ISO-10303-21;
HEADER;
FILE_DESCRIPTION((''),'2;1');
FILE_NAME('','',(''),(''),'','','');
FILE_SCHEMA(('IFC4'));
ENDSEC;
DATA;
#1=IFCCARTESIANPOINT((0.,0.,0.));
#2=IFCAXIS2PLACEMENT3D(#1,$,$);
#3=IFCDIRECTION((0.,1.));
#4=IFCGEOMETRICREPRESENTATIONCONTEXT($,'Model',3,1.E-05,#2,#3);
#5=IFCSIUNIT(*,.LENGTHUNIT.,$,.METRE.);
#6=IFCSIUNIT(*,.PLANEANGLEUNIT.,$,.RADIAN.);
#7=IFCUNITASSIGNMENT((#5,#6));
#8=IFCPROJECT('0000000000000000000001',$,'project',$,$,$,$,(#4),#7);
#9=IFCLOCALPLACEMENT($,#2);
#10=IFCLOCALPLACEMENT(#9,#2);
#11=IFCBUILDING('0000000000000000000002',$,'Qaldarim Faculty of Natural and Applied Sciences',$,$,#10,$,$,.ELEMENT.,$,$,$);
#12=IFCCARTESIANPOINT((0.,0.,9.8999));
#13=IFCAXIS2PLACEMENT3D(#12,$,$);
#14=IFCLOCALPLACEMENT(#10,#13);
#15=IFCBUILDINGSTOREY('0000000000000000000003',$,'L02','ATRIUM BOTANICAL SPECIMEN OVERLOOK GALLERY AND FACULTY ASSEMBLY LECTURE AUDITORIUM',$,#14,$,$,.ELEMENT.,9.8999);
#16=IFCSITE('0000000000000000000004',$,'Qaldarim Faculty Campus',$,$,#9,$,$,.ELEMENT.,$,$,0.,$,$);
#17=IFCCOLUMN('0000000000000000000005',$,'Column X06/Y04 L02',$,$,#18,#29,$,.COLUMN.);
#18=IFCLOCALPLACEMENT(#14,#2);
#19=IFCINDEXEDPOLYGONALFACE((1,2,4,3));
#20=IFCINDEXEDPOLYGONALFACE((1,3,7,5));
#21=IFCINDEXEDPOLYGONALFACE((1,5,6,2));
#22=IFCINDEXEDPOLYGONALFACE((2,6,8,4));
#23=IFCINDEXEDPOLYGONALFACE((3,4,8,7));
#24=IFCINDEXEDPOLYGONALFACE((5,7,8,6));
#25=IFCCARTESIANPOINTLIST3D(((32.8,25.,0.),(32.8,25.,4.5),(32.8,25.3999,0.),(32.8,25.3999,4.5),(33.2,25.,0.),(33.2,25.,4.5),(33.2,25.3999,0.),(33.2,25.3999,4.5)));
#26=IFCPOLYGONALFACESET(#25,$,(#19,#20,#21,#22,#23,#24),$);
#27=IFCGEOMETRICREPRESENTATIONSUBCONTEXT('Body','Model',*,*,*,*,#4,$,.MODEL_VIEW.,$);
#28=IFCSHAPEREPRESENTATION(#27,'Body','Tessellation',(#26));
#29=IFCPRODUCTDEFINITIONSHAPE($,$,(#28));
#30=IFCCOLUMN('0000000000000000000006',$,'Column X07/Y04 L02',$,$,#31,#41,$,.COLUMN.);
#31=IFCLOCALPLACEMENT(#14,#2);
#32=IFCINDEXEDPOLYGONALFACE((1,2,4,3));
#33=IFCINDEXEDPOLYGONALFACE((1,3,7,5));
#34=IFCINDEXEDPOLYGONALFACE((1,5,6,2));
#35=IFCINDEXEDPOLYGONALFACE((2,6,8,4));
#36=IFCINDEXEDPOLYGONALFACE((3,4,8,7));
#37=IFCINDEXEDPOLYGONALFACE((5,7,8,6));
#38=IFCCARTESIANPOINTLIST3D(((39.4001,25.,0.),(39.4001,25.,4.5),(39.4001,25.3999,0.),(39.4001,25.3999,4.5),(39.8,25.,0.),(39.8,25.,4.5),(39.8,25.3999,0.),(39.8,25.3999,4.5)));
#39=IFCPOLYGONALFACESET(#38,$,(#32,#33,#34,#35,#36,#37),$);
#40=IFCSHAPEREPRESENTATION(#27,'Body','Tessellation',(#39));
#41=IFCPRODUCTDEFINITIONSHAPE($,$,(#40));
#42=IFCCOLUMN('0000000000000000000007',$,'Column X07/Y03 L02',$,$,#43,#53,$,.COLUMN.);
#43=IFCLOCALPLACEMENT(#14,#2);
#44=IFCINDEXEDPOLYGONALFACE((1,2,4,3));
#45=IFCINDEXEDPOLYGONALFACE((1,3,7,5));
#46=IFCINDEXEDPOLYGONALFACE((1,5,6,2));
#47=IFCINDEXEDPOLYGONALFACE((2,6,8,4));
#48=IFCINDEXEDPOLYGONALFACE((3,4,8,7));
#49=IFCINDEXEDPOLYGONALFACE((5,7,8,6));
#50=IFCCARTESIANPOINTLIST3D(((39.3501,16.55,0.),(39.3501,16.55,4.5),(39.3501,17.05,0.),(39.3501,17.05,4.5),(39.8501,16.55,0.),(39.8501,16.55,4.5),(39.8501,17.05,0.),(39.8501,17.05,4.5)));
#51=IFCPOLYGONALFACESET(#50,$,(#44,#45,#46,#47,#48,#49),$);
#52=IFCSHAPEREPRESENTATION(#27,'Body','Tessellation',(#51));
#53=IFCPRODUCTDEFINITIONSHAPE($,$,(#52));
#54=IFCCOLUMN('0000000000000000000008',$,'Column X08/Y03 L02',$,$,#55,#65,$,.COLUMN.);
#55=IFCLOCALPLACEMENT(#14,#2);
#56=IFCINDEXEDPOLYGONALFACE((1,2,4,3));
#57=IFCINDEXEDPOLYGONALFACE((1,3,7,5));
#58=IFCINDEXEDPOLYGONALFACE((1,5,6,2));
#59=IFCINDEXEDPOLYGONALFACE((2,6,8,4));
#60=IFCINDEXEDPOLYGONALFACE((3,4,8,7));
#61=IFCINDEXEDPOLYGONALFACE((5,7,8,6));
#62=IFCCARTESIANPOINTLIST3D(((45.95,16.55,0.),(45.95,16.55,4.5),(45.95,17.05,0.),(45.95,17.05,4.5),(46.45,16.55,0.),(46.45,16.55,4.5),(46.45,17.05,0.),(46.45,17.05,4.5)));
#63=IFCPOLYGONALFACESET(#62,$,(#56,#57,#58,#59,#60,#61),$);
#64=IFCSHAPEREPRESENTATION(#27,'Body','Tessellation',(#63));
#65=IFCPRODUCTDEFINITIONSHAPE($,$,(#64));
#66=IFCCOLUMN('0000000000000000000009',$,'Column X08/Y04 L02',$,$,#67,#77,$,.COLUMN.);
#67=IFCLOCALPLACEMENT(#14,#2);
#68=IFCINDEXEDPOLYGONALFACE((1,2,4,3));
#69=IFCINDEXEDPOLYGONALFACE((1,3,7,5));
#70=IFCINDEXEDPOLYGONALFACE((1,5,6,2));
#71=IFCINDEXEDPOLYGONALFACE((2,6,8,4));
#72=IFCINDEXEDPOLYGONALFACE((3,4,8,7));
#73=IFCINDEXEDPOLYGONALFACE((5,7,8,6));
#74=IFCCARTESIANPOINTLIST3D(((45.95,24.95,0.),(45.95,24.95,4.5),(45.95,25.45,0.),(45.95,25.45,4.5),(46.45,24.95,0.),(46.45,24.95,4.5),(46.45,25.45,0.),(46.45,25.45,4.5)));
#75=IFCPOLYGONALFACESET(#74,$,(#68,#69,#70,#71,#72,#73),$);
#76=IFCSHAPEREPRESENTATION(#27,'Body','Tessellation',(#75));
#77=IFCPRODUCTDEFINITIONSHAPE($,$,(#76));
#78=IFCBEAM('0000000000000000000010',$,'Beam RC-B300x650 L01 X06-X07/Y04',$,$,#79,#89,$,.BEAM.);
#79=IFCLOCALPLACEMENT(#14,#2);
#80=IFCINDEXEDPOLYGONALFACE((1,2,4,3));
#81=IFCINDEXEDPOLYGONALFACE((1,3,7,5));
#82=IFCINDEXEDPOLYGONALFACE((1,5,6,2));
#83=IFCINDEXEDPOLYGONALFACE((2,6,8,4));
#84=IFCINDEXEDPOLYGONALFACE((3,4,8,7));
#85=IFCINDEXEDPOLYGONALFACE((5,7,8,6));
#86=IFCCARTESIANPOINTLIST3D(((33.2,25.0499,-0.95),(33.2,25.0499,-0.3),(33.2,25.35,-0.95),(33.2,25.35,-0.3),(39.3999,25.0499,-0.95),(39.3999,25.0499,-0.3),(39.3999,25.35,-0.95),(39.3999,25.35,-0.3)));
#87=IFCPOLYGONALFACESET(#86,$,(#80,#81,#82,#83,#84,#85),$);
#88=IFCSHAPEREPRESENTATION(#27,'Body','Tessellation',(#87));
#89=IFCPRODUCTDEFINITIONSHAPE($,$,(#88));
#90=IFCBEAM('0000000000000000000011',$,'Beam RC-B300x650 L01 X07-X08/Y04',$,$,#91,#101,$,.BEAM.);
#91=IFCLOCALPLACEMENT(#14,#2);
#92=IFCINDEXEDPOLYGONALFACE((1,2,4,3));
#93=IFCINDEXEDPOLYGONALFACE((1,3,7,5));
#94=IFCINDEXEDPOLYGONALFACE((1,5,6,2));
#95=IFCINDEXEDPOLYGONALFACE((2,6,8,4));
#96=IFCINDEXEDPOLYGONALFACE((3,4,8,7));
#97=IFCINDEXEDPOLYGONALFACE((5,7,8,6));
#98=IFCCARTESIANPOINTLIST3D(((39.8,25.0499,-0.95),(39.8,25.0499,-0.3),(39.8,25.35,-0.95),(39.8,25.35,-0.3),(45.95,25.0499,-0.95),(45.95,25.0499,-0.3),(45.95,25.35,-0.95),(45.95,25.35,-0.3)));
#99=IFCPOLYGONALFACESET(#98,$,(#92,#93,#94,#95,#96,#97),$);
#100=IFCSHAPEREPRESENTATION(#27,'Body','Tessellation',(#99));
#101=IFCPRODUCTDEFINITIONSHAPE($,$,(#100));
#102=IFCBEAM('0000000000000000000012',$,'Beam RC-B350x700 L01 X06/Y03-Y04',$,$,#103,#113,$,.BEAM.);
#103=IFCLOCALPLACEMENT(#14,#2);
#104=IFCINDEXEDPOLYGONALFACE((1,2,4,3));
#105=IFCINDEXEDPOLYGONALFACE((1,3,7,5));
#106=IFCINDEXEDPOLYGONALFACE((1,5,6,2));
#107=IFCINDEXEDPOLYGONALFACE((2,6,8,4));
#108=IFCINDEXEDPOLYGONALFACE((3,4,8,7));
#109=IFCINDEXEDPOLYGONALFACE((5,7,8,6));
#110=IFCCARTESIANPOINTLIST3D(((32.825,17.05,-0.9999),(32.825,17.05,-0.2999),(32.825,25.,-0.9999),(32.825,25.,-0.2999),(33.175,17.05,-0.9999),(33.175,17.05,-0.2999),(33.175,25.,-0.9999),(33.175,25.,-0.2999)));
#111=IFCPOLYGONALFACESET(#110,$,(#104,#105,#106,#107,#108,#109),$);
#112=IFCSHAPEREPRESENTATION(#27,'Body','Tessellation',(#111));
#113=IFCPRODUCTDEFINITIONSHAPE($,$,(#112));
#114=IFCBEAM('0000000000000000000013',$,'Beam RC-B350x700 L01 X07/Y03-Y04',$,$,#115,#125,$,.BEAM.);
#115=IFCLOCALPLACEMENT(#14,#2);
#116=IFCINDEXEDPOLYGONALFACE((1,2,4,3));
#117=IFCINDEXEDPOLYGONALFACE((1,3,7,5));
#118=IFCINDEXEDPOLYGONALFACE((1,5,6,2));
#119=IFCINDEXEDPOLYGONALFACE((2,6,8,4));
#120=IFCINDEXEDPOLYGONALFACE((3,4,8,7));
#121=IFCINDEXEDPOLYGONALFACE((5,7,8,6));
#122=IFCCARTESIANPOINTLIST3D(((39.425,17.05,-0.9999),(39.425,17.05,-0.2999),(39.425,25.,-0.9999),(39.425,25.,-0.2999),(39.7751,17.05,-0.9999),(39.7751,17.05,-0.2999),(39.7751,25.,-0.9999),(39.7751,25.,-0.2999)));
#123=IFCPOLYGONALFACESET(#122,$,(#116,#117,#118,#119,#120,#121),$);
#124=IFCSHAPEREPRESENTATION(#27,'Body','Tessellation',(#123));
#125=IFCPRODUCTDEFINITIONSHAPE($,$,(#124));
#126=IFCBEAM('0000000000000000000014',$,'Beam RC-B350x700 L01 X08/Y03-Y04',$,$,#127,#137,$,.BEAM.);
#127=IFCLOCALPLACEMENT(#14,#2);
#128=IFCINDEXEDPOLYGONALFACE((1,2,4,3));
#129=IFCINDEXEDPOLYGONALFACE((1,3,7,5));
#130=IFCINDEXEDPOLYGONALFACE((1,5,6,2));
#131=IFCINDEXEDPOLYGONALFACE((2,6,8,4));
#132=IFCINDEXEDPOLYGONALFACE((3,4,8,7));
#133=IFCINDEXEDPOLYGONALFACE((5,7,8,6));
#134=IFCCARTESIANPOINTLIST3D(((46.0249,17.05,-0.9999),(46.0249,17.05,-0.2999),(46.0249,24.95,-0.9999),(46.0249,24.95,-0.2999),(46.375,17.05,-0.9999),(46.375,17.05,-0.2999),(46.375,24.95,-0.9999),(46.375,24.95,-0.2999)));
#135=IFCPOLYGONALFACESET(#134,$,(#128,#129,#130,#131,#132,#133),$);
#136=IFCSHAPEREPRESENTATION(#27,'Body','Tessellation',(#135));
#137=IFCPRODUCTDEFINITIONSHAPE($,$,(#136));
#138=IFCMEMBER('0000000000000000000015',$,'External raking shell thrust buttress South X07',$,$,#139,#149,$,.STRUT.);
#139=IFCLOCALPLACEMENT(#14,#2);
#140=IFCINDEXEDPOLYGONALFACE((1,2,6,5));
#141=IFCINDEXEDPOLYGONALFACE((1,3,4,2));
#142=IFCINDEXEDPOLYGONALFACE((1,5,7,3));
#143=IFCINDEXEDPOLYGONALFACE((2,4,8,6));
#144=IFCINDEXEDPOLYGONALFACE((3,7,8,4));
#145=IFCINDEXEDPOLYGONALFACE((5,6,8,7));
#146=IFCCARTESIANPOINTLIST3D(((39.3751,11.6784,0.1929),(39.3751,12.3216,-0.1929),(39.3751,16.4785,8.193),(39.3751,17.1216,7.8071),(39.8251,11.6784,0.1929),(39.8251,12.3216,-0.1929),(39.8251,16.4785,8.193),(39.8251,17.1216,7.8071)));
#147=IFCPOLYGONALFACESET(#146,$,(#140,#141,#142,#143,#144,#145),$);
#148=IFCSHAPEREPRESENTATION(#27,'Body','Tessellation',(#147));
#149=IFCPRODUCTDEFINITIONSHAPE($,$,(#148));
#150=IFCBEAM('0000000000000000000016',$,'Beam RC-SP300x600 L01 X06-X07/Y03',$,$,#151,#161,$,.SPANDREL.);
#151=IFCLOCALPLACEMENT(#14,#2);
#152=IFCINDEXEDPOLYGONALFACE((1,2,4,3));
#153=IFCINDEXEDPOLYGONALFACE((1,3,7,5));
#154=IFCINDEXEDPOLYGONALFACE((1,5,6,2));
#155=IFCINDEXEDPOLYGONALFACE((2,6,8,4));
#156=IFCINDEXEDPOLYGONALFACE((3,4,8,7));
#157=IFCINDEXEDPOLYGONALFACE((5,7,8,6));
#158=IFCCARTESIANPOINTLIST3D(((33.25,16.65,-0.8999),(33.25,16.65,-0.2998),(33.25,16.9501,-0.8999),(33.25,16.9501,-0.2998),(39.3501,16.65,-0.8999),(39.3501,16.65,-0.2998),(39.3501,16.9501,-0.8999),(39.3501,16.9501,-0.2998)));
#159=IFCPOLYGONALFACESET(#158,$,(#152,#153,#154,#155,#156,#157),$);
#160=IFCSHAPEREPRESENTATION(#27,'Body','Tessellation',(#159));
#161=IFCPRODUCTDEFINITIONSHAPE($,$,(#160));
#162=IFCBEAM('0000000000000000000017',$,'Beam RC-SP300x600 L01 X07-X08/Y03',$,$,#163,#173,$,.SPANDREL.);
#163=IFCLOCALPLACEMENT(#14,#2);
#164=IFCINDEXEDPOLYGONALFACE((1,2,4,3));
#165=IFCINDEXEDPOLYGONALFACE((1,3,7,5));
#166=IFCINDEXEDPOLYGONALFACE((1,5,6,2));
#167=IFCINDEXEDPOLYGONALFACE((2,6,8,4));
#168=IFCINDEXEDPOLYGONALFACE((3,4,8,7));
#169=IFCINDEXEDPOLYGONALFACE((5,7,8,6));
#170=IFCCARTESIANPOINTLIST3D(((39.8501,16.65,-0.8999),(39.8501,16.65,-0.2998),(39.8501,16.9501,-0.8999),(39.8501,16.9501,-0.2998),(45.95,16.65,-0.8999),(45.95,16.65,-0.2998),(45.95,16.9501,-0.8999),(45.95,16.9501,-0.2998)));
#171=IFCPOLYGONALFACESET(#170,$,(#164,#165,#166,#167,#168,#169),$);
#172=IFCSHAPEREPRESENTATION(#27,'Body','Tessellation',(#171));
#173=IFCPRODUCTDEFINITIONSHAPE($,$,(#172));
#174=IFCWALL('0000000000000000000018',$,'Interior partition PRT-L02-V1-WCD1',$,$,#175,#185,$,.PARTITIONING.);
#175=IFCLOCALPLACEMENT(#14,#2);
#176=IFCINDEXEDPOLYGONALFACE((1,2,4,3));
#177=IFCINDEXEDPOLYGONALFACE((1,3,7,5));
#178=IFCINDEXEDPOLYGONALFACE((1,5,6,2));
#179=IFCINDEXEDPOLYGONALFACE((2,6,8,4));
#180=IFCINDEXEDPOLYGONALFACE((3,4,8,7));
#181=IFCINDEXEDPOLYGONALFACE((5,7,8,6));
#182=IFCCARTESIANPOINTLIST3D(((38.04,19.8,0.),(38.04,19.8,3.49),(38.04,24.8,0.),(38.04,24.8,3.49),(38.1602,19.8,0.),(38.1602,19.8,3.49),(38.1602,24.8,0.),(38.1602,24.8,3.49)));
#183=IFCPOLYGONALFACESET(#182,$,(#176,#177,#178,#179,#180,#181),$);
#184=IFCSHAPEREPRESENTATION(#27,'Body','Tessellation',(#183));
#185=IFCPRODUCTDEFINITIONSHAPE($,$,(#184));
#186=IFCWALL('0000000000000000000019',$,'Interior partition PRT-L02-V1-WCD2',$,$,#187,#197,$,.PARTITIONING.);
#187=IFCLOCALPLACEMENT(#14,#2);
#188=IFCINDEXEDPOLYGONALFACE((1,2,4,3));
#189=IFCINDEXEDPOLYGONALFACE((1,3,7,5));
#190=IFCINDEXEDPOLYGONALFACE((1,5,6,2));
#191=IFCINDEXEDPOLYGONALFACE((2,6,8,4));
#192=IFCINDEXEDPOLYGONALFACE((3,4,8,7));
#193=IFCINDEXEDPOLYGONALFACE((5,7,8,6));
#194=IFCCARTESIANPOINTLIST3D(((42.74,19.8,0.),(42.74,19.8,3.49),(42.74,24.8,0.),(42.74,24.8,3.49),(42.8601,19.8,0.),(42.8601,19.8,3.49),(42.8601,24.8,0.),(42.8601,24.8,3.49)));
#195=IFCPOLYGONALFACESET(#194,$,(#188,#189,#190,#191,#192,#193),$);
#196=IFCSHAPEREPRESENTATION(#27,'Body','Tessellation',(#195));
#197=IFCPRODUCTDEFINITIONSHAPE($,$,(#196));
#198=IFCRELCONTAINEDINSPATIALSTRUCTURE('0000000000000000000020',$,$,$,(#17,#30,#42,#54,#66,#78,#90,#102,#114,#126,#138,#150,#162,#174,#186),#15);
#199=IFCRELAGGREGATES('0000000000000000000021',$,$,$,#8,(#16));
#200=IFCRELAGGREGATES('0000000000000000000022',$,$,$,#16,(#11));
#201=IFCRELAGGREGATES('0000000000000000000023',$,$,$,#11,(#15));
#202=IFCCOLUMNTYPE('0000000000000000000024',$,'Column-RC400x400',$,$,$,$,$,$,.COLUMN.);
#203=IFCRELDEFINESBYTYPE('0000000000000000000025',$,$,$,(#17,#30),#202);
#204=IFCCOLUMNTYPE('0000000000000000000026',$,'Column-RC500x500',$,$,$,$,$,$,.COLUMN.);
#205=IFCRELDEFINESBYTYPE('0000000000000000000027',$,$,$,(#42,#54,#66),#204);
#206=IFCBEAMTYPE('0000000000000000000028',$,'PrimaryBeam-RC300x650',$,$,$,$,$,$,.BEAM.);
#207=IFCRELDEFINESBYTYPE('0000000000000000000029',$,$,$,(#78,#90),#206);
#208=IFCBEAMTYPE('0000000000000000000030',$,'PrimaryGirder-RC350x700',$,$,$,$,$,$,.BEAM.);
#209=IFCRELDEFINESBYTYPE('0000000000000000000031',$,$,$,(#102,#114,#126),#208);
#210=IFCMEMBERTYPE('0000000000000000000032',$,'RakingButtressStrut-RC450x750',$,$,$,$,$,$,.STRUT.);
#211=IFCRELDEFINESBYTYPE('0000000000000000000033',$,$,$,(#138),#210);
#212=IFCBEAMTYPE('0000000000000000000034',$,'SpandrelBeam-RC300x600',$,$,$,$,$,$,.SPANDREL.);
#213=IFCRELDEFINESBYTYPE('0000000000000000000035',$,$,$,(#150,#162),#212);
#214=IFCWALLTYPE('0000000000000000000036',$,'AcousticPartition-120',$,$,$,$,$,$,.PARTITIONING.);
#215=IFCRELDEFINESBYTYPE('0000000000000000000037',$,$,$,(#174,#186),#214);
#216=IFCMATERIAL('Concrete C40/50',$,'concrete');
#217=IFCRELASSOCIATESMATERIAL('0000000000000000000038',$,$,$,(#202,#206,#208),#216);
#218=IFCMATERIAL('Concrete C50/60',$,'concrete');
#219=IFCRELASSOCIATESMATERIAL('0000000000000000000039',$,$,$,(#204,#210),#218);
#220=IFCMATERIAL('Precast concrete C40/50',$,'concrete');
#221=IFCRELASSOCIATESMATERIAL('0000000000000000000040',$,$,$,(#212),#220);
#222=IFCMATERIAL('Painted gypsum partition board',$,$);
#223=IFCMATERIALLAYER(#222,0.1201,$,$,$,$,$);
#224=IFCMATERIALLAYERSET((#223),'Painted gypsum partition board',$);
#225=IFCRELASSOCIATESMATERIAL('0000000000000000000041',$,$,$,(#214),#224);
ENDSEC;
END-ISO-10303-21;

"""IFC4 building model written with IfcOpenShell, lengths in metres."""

from ifc_helpers import new_model, si_unit, direction, frame, frame_2d, origin, origin_2d, place, context, subcontext, project, spatial, rectangle, extrude, material, layer, layer_set, material_profile, profile_set, type_object, element, save


model = new_model("IFC4")

# Units and contexts
model_context = context("Model", 3, precision=1e-05, world=origin(), true_north=direction((0.0, 1.0)))
body_context = subcontext(model_context, "Body", "Model", "MODEL_VIEW")
ifc_project = project(units=[si_unit("LENGTHUNIT", "METRE"), si_unit("PLANEANGLEUNIT", "RADIAN")], contexts=[model_context])

# Site, building, storey
site_placement = place(None, origin())
site = spatial("IfcSite", under=ifc_project, at=site_placement, Name="Qaldarim Faculty Campus", CompositionType="ELEMENT", RefElevation=0.0)
building_placement = place(site_placement, origin())
building = spatial("IfcBuilding", under=site, at=building_placement, Name="Qaldarim Faculty of Natural and Applied Sciences", CompositionType="ELEMENT")
storey_placement = place(building_placement, frame((0.0, 0.0, 9.8999)))
storey = spatial("IfcBuildingStorey", under=building, at=storey_placement, Name="L02", Description="ATRIUM BOTANICAL SPECIMEN OVERLOOK GALLERY AND FACULTY ASSEMBLY LECTURE AUDITORIUM", CompositionType="ELEMENT", Elevation=9.8999)

# Columns
ifc_material_1 = material(Name="Concrete C40/50", Category="concrete")
ifc_material_profile_1 = material_profile(ifc_material_1, rectangle(XDim=0.3999, YDim=0.3999, at=origin_2d()), Name="RC-C400x400")
ifc_profile_set_1 = profile_set([ifc_material_profile_1], Name="Concrete C40/50")
column_type_1 = type_object("IfcColumnType", Name="Column-RC400x400", PredefinedType="COLUMN", material=ifc_profile_set_1)
for number, where, z_axis, x_axis, name in (
    (1, (33.0, 25.2, 0.0), (0.0, 0.0, 1.0), (1.0, 0.0, 0.0), "Column X06/Y04 L02"),
    (2, (39.6001, 25.2, 0.0), (0.0, 0.0, 1.0), (1.0, 0.0, 0.0), "Column X07/Y04 L02"),
):
    element("IfcColumn", number, at=place(storey_placement, frame(where, z_axis=z_axis, x_axis=x_axis)), inside=storey, type_object=column_type_1, Name=name, PredefinedType="COLUMN", context=body_context, shape_type="SweptSolid", body=[
        extrude(rectangle(XDim=0.3999, YDim=0.3999, at=origin_2d()), origin(), (0.0, 0.0, 1.0), 4.5),
    ])
ifc_material_2 = material(Name="Concrete C50/60", Category="concrete")
ifc_material_profile_2 = material_profile(ifc_material_2, rectangle(XDim=0.5, YDim=0.5, at=origin_2d()), Name="RC-C500x500")
ifc_profile_set_2 = profile_set([ifc_material_profile_2], Name="Concrete C50/60")
column_type_2 = type_object("IfcColumnType", Name="Column-RC500x500", PredefinedType="COLUMN", material=ifc_profile_set_2)
for number, where, z_axis, x_axis, name in (
    (3, (39.6001, 16.8, 0.0), (0.0, 0.0, 1.0), (1.0, 0.0, 0.0), "Column X07/Y03 L02"),
    (4, (46.2, 16.8, 0.0), (0.0, 0.0, 1.0), (1.0, 0.0, 0.0), "Column X08/Y03 L02"),
    (5, (46.2, 25.2, 0.0), (0.0, 0.0, 1.0), (1.0, 0.0, 0.0), "Column X08/Y04 L02"),
):
    element("IfcColumn", number, at=place(storey_placement, frame(where, z_axis=z_axis, x_axis=x_axis)), inside=storey, type_object=column_type_2, Name=name, PredefinedType="COLUMN", context=body_context, shape_type="SweptSolid", body=[
        extrude(rectangle(XDim=0.5, YDim=0.5, at=origin_2d()), origin(), (0.0, 0.0, 1.0), 4.5),
    ])

# Beams
ifc_material_profile_3 = material_profile(ifc_material_1, rectangle(XDim=0.3, YDim=0.6499, at=origin_2d()), Name="RC-B300x650")
ifc_profile_set_3 = profile_set([ifc_material_profile_3], Name="Concrete C40/50")
beam_type_1 = type_object("IfcBeamType", Name="PrimaryBeam-RC300x650", PredefinedType="BEAM", material=ifc_profile_set_3)
beam_1_placement = place(storey_placement, frame((33.2, 25.2, -0.625), z_axis=(1.0, 0.0, 0.0), x_axis=(0.0, 1.0, 0.0)))
element("IfcBeam", 6, at=beam_1_placement, inside=storey, type_object=beam_type_1, Name="Beam RC-B300x650 L01 X06-X07/Y04", PredefinedType="BEAM", context=body_context, shape_type="SweptSolid", body=[
    extrude(rectangle(XDim=0.3, YDim=0.6499, at=origin_2d()), origin(), (0.0, 0.0, 1.0), 6.2),
])
beam_2_placement = place(storey_placement, frame((39.8, 25.2, -0.625), z_axis=(1.0, 0.0, 0.0), x_axis=(0.0, 1.0, 0.0)))
element("IfcBeam", 7, at=beam_2_placement, inside=storey, type_object=beam_type_1, Name="Beam RC-B300x650 L01 X07-X08/Y04", PredefinedType="BEAM", context=body_context, shape_type="SweptSolid", body=[
    extrude(rectangle(XDim=0.3, YDim=0.6499, at=origin_2d()), origin(), (0.0, 0.0, 1.0), 6.1499),
])
ifc_material_profile_4 = material_profile(ifc_material_1, rectangle(XDim=0.3501, YDim=0.7, at=origin_2d()), Name="RC-B350x700")
ifc_profile_set_4 = profile_set([ifc_material_profile_4], Name="Concrete C40/50")
beam_type_2 = type_object("IfcBeamType", Name="PrimaryGirder-RC350x700", PredefinedType="BEAM", material=ifc_profile_set_4)
for number, where, z_axis, x_axis, name in (
    (8, (33.0, 17.05, -0.6499), (0.0, 1.0, 0.0), (-1.0, 0.0, 0.0), "Beam RC-B350x700 L01 X06/Y03-Y04"),
    (9, (39.6001, 17.05, -0.6499), (0.0, 1.0, 0.0), (-1.0, 0.0, 0.0), "Beam RC-B350x700 L01 X07/Y03-Y04"),
):
    element("IfcBeam", number, at=place(storey_placement, frame(where, z_axis=z_axis, x_axis=x_axis)), inside=storey, type_object=beam_type_2, Name=name, PredefinedType="BEAM", context=body_context, shape_type="SweptSolid", body=[
        extrude(rectangle(XDim=0.3501, YDim=0.7, at=origin_2d()), origin(), (0.0, 0.0, 1.0), 7.95),
    ])
beam_3_placement = place(storey_placement, frame((46.2, 17.05, -0.6499), z_axis=(0.0, 1.0, 0.0), x_axis=(-1.0, 0.0, 0.0)))
element("IfcBeam", 10, at=beam_3_placement, inside=storey, type_object=beam_type_2, Name="Beam RC-B350x700 L01 X08/Y03-Y04", PredefinedType="BEAM", context=body_context, shape_type="SweptSolid", body=[
    extrude(rectangle(XDim=0.3501, YDim=0.7, at=origin_2d()), origin(), (0.0, 0.0, 1.0), 7.8999),
])

# Member
ifc_material_profile_5 = material_profile(ifc_material_2, rectangle(XDim=0.45, YDim=0.75, at=origin_2d()), Name="RC-S450x750")
ifc_profile_set_5 = profile_set([ifc_material_profile_5], Name="Concrete C50/60")
member_type = type_object("IfcMemberType", Name="RakingButtressStrut-RC450x750", PredefinedType="STRUT", material=ifc_profile_set_5)
member_placement = place(storey_placement, frame((39.6001, 12.0, 0.0), z_axis=(0.0, 0.5145, 0.857491), x_axis=(-1.0, 0.0, 0.0)))
element("IfcMember", 11, at=member_placement, inside=storey, type_object=member_type, Name="External raking shell thrust buttress South X07", PredefinedType="STRUT", context=body_context, shape_type="SweptSolid", body=[
    extrude(rectangle(XDim=0.45, YDim=0.75, at=origin_2d()), origin(), (0.0, 0.0, 1.0), 9.3296),
])

# Beams
ifc_material_3 = material(Name="Precast concrete C40/50", Category="concrete")
ifc_material_profile_6 = material_profile(ifc_material_3, rectangle(XDim=0.3, YDim=0.6001, at=origin_2d()), Name="RC-SP300x600")
ifc_profile_set_6 = profile_set([ifc_material_profile_6], Name="Precast concrete C40/50")
beam_type_3 = type_object("IfcBeamType", Name="SpandrelBeam-RC300x600", PredefinedType="SPANDREL", material=ifc_profile_set_6)
beam_4_placement = place(storey_placement, frame((33.25, 16.8, -0.5999), z_axis=(1.0, 0.0, 0.0), x_axis=(0.0, 1.0, 0.0)))
element("IfcBeam", 12, at=beam_4_placement, inside=storey, type_object=beam_type_3, Name="Beam RC-SP300x600 L01 X06-X07/Y03", PredefinedType="SPANDREL", context=body_context, shape_type="SweptSolid", body=[
    extrude(rectangle(XDim=0.3, YDim=0.6001, at=origin_2d()), origin(), (0.0, 0.0, 1.0), 6.1001),
])
beam_5_placement = place(storey_placement, frame((39.8501, 16.8, -0.5999), z_axis=(1.0, 0.0, 0.0), x_axis=(0.0, 1.0, 0.0)))
element("IfcBeam", 13, at=beam_5_placement, inside=storey, type_object=beam_type_3, Name="Beam RC-SP300x600 L01 X07-X08/Y03", PredefinedType="SPANDREL", context=body_context, shape_type="SweptSolid", body=[
    extrude(rectangle(XDim=0.3, YDim=0.6001, at=origin_2d()), origin(), (0.0, 0.0, 1.0), 6.0999),
])

# Walls
ifc_material_4 = material(Name="Painted gypsum partition board")
ifc_layer_1 = layer(ifc_material_4, 0.1201)
ifc_layer_set_1 = layer_set([ifc_layer_1], Name="Painted gypsum partition board")
wall_type_1 = type_object("IfcWallType", Name="AcousticPartition-120", PredefinedType="PARTITIONING", material=ifc_layer_set_1)
for number, where, z_axis, x_axis, name in (
    (14, (38.1001, 19.8, 0.0), (0.0, 0.0, 1.0), (0.0, 1.0, 0.0), "Interior partition PRT-L02-V1-WCD1"),
    (15, (42.8, 19.8, 0.0), (0.0, 0.0, 1.0), (0.0, 1.0, 0.0), "Interior partition PRT-L02-V1-WCD2"),
):
    element("IfcWall", number, at=place(storey_placement, frame(where, z_axis=z_axis, x_axis=x_axis)), inside=storey, type_object=wall_type_1, Name=name, PredefinedType="PARTITIONING", context=body_context, shape_type="SweptSolid", body=[
        extrude(rectangle(XDim=5.0, YDim=0.1201, at=frame_2d((2.5, 0.0))), origin(), (0.0, 0.0, 1.0), 3.49),
    ])

save(model, "model.ifc")
